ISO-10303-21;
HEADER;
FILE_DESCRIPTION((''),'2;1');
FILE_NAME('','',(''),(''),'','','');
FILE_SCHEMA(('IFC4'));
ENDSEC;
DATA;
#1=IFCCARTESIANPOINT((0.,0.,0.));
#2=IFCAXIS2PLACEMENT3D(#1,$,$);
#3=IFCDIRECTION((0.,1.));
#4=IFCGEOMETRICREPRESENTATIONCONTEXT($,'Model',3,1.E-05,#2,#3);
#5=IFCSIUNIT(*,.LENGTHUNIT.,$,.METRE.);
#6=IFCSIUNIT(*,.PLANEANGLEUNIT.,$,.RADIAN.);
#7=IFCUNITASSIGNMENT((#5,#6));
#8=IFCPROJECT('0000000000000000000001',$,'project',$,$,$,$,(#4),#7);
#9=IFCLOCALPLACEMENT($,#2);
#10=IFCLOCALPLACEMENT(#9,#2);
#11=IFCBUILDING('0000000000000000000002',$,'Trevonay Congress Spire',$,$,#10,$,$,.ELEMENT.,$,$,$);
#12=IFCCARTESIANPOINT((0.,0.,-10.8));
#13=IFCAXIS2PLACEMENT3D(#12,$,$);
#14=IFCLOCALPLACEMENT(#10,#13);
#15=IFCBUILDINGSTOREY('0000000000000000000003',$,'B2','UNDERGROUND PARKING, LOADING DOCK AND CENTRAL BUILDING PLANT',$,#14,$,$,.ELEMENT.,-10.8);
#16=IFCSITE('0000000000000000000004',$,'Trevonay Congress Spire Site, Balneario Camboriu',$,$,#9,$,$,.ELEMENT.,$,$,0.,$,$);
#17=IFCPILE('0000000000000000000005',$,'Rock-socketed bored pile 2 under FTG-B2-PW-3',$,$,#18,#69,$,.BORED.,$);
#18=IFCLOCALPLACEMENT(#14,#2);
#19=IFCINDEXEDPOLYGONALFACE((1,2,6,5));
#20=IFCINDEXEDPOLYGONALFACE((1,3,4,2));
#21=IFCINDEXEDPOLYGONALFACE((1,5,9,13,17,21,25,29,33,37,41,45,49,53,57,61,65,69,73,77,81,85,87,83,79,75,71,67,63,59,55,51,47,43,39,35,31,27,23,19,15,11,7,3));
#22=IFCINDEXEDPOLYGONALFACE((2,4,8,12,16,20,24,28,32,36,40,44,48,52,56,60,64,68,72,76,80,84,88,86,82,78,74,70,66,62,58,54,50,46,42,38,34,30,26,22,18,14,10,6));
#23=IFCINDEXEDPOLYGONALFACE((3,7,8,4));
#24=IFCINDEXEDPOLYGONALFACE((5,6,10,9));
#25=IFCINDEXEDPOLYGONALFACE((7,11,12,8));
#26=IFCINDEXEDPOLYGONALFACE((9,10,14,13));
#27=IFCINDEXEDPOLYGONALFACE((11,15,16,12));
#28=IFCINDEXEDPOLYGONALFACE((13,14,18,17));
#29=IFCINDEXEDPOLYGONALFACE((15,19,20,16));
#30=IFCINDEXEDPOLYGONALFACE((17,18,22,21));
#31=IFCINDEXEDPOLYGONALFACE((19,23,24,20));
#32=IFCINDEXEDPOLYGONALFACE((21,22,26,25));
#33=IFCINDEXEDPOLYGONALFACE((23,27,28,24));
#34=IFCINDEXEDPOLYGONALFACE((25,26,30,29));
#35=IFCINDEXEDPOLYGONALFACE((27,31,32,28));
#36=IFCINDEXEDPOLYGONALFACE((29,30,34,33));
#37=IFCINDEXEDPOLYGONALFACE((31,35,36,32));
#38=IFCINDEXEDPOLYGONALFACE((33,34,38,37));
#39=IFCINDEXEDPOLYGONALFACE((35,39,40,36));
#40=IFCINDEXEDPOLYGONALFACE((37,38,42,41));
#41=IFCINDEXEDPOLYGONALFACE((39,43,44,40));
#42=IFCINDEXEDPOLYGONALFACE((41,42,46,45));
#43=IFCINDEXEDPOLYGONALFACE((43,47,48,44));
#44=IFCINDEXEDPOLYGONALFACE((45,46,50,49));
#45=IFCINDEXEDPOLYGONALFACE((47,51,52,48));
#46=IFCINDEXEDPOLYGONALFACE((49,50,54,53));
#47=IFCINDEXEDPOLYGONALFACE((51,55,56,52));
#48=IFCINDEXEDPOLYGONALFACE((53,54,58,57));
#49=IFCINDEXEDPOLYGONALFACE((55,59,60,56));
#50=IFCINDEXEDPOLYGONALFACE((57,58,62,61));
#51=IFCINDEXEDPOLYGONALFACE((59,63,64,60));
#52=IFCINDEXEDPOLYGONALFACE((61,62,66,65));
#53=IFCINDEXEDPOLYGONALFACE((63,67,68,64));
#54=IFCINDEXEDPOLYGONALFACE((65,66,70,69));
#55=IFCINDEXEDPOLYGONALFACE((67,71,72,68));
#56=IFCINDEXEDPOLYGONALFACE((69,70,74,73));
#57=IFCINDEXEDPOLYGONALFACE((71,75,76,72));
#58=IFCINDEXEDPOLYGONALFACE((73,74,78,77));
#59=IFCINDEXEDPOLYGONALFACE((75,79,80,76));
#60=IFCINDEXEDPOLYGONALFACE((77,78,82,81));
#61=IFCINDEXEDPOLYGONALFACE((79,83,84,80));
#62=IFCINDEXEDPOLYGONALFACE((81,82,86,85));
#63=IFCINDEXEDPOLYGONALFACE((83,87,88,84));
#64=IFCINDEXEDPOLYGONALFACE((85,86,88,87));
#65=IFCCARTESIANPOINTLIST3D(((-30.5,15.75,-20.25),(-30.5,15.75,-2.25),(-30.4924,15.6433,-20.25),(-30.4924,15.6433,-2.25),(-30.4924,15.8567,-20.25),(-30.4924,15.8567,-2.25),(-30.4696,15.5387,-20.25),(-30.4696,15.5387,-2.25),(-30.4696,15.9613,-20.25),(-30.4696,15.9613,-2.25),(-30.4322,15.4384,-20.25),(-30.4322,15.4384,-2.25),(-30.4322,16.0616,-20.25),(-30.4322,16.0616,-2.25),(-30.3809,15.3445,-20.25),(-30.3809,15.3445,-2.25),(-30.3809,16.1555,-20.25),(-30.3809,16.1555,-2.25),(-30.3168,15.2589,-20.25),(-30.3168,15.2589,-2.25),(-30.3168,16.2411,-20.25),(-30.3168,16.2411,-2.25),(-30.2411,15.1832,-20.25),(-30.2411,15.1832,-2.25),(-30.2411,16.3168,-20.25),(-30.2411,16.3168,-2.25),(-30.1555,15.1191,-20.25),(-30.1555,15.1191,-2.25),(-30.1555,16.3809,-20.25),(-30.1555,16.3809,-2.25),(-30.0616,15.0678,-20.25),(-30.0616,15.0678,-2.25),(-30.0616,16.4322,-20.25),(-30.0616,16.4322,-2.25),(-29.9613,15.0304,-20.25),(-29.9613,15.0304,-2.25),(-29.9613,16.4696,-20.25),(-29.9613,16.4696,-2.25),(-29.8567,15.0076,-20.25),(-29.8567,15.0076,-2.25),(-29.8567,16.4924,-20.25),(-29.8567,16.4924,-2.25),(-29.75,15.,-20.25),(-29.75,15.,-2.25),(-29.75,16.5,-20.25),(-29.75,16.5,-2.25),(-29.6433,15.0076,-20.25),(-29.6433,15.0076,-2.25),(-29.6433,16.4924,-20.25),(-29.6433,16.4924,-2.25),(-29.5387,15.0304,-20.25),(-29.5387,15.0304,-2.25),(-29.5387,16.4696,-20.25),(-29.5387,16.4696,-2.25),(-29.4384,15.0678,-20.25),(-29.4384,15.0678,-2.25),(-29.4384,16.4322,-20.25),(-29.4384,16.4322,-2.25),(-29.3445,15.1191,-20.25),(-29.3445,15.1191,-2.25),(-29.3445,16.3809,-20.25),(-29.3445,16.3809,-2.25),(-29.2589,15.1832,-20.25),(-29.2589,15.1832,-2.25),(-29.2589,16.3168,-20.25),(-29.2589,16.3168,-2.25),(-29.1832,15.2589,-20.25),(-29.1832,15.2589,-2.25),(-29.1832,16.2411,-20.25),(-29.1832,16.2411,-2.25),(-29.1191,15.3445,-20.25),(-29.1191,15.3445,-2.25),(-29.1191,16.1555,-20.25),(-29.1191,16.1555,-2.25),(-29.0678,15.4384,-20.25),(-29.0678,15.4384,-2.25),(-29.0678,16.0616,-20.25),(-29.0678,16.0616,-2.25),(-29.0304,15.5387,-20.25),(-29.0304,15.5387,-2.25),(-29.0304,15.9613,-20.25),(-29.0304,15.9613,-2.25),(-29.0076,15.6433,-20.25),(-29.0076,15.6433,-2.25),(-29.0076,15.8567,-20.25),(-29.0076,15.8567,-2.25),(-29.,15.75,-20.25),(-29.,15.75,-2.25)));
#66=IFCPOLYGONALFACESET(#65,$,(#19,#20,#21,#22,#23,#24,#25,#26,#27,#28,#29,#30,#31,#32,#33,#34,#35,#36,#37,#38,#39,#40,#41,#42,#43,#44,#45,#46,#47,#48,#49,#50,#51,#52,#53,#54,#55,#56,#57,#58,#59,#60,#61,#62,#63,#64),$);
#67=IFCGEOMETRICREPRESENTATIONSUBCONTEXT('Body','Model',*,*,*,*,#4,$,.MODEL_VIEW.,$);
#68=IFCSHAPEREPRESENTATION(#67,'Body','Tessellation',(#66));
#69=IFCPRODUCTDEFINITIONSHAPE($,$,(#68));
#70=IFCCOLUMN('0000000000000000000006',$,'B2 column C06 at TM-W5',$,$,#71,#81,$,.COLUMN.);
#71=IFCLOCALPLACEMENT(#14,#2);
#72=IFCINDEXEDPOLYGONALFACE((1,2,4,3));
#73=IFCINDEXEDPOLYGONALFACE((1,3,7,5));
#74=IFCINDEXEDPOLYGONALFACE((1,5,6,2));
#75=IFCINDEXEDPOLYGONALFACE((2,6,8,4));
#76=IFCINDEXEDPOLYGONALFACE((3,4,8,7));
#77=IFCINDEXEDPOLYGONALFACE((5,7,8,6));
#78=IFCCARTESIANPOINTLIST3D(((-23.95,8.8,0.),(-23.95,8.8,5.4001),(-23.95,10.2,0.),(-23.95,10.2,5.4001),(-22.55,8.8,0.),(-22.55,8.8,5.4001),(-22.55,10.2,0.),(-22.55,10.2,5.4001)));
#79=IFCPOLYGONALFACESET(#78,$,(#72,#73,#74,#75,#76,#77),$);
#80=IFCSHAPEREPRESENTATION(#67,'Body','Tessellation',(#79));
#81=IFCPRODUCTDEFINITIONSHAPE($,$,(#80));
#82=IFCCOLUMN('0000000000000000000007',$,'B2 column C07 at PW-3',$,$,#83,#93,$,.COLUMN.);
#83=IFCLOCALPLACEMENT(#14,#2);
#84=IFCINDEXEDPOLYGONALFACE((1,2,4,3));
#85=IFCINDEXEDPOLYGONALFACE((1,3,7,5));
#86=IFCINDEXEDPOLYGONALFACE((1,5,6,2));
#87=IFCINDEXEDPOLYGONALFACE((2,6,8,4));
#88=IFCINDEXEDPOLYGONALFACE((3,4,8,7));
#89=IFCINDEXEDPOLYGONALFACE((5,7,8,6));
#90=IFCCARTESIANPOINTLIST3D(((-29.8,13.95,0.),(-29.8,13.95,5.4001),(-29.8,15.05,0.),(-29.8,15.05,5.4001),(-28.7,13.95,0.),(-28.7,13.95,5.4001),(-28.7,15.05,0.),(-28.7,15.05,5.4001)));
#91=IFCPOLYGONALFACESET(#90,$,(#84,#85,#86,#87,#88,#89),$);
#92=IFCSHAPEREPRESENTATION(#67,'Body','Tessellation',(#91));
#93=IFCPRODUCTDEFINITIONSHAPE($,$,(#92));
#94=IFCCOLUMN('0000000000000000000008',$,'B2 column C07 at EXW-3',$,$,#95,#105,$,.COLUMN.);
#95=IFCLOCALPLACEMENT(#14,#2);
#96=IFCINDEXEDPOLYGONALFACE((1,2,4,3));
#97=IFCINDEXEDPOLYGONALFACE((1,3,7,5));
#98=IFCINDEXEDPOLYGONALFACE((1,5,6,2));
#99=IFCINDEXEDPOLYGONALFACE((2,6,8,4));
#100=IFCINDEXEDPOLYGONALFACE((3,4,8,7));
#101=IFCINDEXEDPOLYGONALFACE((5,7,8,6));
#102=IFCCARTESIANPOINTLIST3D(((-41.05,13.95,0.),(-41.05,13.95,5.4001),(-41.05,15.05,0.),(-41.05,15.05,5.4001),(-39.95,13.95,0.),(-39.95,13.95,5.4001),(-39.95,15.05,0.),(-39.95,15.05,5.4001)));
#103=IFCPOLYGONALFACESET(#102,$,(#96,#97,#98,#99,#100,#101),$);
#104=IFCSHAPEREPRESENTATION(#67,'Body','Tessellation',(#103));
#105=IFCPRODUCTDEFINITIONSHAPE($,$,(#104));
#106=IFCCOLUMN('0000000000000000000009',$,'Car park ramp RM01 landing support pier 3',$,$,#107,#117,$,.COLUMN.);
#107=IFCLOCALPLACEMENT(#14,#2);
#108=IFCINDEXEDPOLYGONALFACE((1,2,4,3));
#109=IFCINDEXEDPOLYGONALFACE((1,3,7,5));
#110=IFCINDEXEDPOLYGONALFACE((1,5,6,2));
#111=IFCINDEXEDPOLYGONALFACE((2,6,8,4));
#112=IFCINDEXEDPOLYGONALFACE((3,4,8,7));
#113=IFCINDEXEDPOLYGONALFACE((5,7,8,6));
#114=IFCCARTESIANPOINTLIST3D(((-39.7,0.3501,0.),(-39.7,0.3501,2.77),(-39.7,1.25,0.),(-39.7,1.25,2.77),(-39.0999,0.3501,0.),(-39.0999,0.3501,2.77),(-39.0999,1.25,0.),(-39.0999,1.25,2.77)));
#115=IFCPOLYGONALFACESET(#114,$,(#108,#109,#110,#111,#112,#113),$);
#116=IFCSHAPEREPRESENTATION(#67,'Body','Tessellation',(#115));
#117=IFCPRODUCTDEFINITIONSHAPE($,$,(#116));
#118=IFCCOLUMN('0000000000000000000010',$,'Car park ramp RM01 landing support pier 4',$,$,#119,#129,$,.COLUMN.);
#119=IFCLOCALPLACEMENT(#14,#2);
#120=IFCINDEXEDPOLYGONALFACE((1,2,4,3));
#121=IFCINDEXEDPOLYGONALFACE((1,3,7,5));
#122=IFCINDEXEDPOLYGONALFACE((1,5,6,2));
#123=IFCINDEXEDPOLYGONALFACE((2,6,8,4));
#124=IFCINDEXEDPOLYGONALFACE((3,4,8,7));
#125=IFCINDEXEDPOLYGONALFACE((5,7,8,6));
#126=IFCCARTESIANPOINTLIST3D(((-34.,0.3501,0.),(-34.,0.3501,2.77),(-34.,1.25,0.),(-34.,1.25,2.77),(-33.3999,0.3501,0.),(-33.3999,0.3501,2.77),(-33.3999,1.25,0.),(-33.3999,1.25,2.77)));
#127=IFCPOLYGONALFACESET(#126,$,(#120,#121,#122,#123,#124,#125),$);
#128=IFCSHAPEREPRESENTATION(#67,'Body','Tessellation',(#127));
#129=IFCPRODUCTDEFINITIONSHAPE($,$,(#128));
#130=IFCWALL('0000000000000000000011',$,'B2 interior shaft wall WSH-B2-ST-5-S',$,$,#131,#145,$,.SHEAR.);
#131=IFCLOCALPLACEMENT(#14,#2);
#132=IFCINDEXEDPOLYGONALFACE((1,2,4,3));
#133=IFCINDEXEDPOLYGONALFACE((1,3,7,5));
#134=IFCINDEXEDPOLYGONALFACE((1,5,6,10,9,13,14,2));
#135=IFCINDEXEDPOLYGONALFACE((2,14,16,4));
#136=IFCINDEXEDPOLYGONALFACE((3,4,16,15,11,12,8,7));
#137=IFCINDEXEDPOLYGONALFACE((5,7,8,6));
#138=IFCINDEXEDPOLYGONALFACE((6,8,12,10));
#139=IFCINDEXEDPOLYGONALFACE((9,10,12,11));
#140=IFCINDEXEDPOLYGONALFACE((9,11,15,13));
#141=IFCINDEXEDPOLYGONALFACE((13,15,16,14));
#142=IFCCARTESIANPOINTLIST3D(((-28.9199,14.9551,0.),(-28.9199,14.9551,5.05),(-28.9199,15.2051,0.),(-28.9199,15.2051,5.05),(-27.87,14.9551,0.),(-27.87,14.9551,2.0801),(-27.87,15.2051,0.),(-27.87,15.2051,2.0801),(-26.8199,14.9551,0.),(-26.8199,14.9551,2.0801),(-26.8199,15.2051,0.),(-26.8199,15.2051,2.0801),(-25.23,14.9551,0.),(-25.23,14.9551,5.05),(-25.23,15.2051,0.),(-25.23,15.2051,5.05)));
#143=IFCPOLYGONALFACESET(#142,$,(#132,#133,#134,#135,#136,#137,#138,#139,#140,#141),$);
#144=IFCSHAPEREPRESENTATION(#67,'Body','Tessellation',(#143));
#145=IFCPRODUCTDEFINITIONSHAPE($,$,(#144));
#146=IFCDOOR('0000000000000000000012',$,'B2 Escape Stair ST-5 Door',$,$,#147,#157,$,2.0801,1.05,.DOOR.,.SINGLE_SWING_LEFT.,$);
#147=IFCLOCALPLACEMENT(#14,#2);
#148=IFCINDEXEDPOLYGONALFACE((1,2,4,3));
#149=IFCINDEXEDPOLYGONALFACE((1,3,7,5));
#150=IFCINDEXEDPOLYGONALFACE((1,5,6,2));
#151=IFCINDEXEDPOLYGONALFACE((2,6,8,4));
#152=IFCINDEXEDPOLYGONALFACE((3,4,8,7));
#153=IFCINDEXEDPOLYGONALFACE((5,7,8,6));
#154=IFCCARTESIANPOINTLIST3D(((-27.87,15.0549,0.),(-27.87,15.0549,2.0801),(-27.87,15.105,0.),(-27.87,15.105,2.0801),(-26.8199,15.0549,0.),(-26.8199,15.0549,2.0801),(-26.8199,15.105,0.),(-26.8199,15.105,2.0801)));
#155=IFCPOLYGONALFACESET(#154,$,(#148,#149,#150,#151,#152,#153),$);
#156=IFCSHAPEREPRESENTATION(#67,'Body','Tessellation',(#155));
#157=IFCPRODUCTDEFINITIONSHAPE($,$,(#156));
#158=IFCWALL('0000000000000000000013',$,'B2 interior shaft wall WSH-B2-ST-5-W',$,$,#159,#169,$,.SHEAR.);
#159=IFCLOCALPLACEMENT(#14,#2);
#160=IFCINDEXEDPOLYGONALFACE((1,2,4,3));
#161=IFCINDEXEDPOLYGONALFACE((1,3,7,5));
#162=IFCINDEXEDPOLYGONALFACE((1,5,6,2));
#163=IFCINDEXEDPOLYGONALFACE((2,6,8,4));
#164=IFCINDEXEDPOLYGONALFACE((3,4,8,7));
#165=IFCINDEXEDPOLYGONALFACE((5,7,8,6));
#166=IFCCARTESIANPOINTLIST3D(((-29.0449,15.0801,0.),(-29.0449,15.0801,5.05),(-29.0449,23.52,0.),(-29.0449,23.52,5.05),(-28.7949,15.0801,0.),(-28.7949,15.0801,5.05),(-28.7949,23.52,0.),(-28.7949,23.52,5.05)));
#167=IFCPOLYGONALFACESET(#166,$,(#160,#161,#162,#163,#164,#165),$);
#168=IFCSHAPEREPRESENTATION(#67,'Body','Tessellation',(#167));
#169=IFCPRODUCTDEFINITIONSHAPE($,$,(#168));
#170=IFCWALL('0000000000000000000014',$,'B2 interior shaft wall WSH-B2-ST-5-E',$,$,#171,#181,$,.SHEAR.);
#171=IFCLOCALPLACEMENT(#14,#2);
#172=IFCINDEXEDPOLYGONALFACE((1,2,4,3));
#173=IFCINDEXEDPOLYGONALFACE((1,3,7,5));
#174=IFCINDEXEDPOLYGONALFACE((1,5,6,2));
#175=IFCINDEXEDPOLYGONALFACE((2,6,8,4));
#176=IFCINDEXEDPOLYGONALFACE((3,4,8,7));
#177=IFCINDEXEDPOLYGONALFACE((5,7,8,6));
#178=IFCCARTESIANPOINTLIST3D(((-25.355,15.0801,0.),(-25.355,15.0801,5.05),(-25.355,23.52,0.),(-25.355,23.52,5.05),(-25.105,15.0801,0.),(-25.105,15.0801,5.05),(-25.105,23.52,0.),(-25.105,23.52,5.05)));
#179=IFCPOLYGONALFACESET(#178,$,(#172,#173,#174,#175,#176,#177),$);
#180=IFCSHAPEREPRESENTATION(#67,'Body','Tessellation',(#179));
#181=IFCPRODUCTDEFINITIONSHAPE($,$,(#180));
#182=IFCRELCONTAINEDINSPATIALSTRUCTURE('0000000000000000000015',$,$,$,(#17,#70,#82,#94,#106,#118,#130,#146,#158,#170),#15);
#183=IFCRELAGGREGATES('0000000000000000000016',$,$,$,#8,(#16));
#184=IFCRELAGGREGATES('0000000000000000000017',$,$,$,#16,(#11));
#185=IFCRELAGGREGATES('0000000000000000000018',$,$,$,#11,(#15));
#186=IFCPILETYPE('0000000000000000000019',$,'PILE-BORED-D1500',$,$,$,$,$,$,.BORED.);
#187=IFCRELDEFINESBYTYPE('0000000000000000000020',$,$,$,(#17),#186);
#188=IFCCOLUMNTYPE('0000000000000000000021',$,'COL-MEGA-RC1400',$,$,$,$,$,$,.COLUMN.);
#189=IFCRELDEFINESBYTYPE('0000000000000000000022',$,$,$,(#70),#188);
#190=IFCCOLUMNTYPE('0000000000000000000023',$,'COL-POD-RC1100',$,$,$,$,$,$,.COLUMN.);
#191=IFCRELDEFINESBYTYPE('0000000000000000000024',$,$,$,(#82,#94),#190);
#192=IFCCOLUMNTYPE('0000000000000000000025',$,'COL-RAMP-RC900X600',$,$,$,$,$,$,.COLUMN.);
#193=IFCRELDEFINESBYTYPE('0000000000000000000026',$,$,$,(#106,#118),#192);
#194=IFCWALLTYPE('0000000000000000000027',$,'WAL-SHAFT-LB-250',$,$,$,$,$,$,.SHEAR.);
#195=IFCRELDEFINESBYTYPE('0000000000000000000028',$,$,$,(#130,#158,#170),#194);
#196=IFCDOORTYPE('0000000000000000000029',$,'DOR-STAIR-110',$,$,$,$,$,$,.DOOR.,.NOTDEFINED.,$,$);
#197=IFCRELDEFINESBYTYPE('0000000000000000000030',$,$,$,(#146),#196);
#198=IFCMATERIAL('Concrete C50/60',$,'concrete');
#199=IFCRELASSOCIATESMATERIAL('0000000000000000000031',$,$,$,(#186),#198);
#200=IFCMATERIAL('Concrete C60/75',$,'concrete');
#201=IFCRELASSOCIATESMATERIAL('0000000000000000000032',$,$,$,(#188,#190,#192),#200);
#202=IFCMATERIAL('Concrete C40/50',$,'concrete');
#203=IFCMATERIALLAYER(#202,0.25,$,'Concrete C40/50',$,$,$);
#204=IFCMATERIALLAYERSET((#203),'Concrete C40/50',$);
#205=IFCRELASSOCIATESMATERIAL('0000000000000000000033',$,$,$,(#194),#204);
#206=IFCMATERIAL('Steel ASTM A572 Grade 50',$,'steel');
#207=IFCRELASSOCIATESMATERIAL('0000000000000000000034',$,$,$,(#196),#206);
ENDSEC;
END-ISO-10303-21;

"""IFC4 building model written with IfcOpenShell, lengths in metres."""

from ifc_helpers import new_model, si_unit, direction, frame, frame_2d, origin, origin_2d, place, context, subcontext, project, spatial, rectangle, circle, extrude, material, layer, layer_set, material_profile, profile_set, type_object, element, fill, save


model = new_model("IFC4")

# Units and contexts
model_context = context("Model", 3, precision=1e-05, world=origin(), true_north=direction((0.0, 1.0)))
body_context = subcontext(model_context, "Body", "Model", "MODEL_VIEW")
ifc_project = project(units=[si_unit("LENGTHUNIT", "METRE"), si_unit("PLANEANGLEUNIT", "RADIAN")], contexts=[model_context])

# Site, building, storey
site_placement = place(None, origin())
site = spatial("IfcSite", under=ifc_project, at=site_placement, Name="Trevonay Congress Spire Site, Balneario Camboriu", CompositionType="ELEMENT", RefElevation=0.0)
building_placement = place(site_placement, origin())
building = spatial("IfcBuilding", under=site, at=building_placement, Name="Trevonay Congress Spire", CompositionType="ELEMENT")
storey_placement = place(building_placement, frame((0.0, 0.0, -10.8)))
storey = spatial("IfcBuildingStorey", under=building, at=storey_placement, Name="B2", Description="UNDERGROUND PARKING, LOADING DOCK AND CENTRAL BUILDING PLANT", CompositionType="ELEMENT", Elevation=-10.8)

# Shared definitions
ifc_material_1 = material(Name="Concrete C50/60", Category="concrete")

# Pile
ifc_material_profile_1 = material_profile(ifc_material_1, circle(Radius=0.75, at=origin_2d()), Name="PILE D1500")
ifc_profile_set_1 = profile_set([ifc_material_profile_1], Name="Concrete C50/60")
pile_type = type_object("IfcPileType", Name="PILE-BORED-D1500", PredefinedType="BORED", material=ifc_profile_set_1)
for number, where, z_axis, x_axis, name in (
    (1, (-29.75, 15.75, -2.25), (0.0, 0.0, -1.0), (1.0, 0.0, 0.0), "Rock-socketed bored pile 2 under FTG-B2-PW-3"),
):
    element("IfcPile", number, at=place(storey_placement, frame(where, z_axis=z_axis, x_axis=x_axis)), inside=storey, type_object=pile_type, Name=name, PredefinedType="BORED", context=body_context, shape_type="SweptSolid", body=[
        extrude(circle(Radius=0.75, at=origin_2d()), origin(), (0.0, 0.0, 1.0), 18.0),
    ])

# Columns
ifc_material_2 = material(Name="Concrete C60/75", Category="concrete")
ifc_material_profile_2 = material_profile(ifc_material_2, rectangle(XDim=1.3999, YDim=1.3999, at=origin_2d()), Name="RC 1400x1400")
ifc_profile_set_2 = profile_set([ifc_material_profile_2], Name="Concrete C60/75")
column_type_1 = type_object("IfcColumnType", Name="COL-MEGA-RC1400", PredefinedType="COLUMN", material=ifc_profile_set_2)
column_placement = place(storey_placement, frame((-23.25, 9.5, 0.0), z_axis=(0.0, 0.0, 1.0), x_axis=(1.0, 0.0, 0.0)))
element("IfcColumn", 2, at=column_placement, inside=storey, type_object=column_type_1, Name="B2 column C06 at TM-W5", PredefinedType="COLUMN", context=body_context, shape_type="SweptSolid", body=[
    extrude(rectangle(XDim=1.3999, YDim=1.3999, at=origin_2d()), origin(), (0.0, 0.0, 1.0), 5.4001),
])
ifc_material_profile_3 = material_profile(ifc_material_2, rectangle(XDim=1.1001, YDim=1.1001, at=origin_2d()), Name="RC 1100x1100")
ifc_profile_set_3 = profile_set([ifc_material_profile_3], Name="Concrete C60/75")
column_type_2 = type_object("IfcColumnType", Name="COL-POD-RC1100", PredefinedType="COLUMN", material=ifc_profile_set_3)
for number, where, z_axis, x_axis, name in (
    (3, (-29.25, 14.5, 0.0), (0.0, 0.0, 1.0), (1.0, 0.0, 0.0), "B2 column C07 at PW-3"),
    (4, (-40.5, 14.5, 0.0), (0.0, 0.0, 1.0), (1.0, 0.0, 0.0), "B2 column C07 at EXW-3"),
):
    element("IfcColumn", number, at=place(storey_placement, frame(where, z_axis=z_axis, x_axis=x_axis)), inside=storey, type_object=column_type_2, Name=name, PredefinedType="COLUMN", context=body_context, shape_type="SweptSolid", body=[
        extrude(rectangle(XDim=1.1001, YDim=1.1001, at=origin_2d()), origin(), (0.0, 0.0, 1.0), 5.4001),
    ])
ifc_material_profile_4 = material_profile(ifc_material_2, rectangle(XDim=0.6001, YDim=0.8999, at=origin_2d()), Name="RC 900x600")
ifc_profile_set_4 = profile_set([ifc_material_profile_4], Name="Concrete C60/75")
column_type_3 = type_object("IfcColumnType", Name="COL-RAMP-RC900X600", PredefinedType="COLUMN", material=ifc_profile_set_4)
for number, where, z_axis, x_axis, name in (
    (5, (-39.3999, 0.8, 0.0), (0.0, 0.0, 1.0), (1.0, 0.0, 0.0), "Car park ramp RM01 landing support pier 3"),
    (6, (-33.7, 0.8, 0.0), (0.0, 0.0, 1.0), (1.0, 0.0, 0.0), "Car park ramp RM01 landing support pier 4"),
):
    element("IfcColumn", number, at=place(storey_placement, frame(where, z_axis=z_axis, x_axis=x_axis)), inside=storey, type_object=column_type_3, Name=name, PredefinedType="COLUMN", context=body_context, shape_type="SweptSolid", body=[
        extrude(rectangle(XDim=0.6001, YDim=0.8999, at=origin_2d()), origin(), (0.0, 0.0, 1.0), 2.77),
    ])

# Wall, opening, door
ifc_material_3 = material(Name="Concrete C40/50", Category="concrete")
ifc_layer = layer(ifc_material_3, 0.25, Name="Concrete C40/50")
ifc_layer_set = layer_set([ifc_layer], Name="Concrete C40/50")
wall_type = type_object("IfcWallType", Name="WAL-SHAFT-LB-250", PredefinedType="SHEAR", material=ifc_layer_set)
wall_placement = place(storey_placement, frame((-28.9199, 15.0801, 0.0), z_axis=(0.0, 0.0, 1.0), x_axis=(1.0, 0.0, 0.0)))
wall = element("IfcWall", 7, at=wall_placement, inside=storey, type_object=wall_type, Name="B2 interior shaft wall WSH-B2-ST-5-S", PredefinedType="SHEAR", context=body_context, shape_type="SweptSolid", body=[
    extrude(rectangle(XDim=3.6899, YDim=0.25, at=frame_2d((1.845, 0.0))), origin(), (0.0, 0.0, 1.0), 5.05),
])
opening_placement = place(wall_placement, frame((1.05, 0.0, 0.0)))
opening = element("IfcOpeningElement", 8, at=opening_placement, cuts=wall, PredefinedType="OPENING", context=body_context, shape_type="SweptSolid", body=[
    extrude(rectangle(XDim=1.05, YDim=2.0801, at=frame_2d((0.5249, 1.04))), frame((0.0, 0.135, 0.0), z_axis=(0.0, -1.0, 0.0), x_axis=(1.0, 0.0, 0.0)), (0.0, 0.0, 1.0), 0.27),
])
ifc_material_4 = material(Name="Steel ASTM A572 Grade 50", Category="steel")
door_type = type_object("IfcDoorType", Name="DOR-STAIR-110", OperationType="NOTDEFINED", PredefinedType="DOOR", material=ifc_material_4)
door_placement = place(opening_placement, origin())
door = element("IfcDoor", 9, at=door_placement, inside=storey, type_object=door_type, Name="B2 Escape Stair ST-5 Door", OperationType="SINGLE_SWING_LEFT", OverallHeight=2.0801, OverallWidth=1.05, PredefinedType="DOOR", context=body_context, shape_type="SweptSolid", body=[
    extrude(rectangle(XDim=1.05, YDim=2.0801, at=frame_2d((0.5249, 1.04))), frame((0.0, 0.0249, 0.0), z_axis=(0.0, -1.0, 0.0), x_axis=(1.0, 0.0, 0.0)), (0.0, 0.0, 1.0), 0.05),
])
fill(opening, door)

# Walls
for number, where, z_axis, x_axis, name in (
    (10, (-28.9199, 15.0801, 0.0), (0.0, 0.0, 1.0), (0.0, 1.0, 0.0), "B2 interior shaft wall WSH-B2-ST-5-W"),
    (11, (-25.23, 15.0801, 0.0), (0.0, 0.0, 1.0), (0.0, 1.0, 0.0), "B2 interior shaft wall WSH-B2-ST-5-E"),
):
    element("IfcWall", number, at=place(storey_placement, frame(where, z_axis=z_axis, x_axis=x_axis)), inside=storey, type_object=wall_type, Name=name, PredefinedType="SHEAR", context=body_context, shape_type="SweptSolid", body=[
        extrude(rectangle(XDim=8.4399, YDim=0.25, at=frame_2d((4.22, 0.0))), origin(), (0.0, 0.0, 1.0), 5.05),
    ])

save(model, "model.ifc")
